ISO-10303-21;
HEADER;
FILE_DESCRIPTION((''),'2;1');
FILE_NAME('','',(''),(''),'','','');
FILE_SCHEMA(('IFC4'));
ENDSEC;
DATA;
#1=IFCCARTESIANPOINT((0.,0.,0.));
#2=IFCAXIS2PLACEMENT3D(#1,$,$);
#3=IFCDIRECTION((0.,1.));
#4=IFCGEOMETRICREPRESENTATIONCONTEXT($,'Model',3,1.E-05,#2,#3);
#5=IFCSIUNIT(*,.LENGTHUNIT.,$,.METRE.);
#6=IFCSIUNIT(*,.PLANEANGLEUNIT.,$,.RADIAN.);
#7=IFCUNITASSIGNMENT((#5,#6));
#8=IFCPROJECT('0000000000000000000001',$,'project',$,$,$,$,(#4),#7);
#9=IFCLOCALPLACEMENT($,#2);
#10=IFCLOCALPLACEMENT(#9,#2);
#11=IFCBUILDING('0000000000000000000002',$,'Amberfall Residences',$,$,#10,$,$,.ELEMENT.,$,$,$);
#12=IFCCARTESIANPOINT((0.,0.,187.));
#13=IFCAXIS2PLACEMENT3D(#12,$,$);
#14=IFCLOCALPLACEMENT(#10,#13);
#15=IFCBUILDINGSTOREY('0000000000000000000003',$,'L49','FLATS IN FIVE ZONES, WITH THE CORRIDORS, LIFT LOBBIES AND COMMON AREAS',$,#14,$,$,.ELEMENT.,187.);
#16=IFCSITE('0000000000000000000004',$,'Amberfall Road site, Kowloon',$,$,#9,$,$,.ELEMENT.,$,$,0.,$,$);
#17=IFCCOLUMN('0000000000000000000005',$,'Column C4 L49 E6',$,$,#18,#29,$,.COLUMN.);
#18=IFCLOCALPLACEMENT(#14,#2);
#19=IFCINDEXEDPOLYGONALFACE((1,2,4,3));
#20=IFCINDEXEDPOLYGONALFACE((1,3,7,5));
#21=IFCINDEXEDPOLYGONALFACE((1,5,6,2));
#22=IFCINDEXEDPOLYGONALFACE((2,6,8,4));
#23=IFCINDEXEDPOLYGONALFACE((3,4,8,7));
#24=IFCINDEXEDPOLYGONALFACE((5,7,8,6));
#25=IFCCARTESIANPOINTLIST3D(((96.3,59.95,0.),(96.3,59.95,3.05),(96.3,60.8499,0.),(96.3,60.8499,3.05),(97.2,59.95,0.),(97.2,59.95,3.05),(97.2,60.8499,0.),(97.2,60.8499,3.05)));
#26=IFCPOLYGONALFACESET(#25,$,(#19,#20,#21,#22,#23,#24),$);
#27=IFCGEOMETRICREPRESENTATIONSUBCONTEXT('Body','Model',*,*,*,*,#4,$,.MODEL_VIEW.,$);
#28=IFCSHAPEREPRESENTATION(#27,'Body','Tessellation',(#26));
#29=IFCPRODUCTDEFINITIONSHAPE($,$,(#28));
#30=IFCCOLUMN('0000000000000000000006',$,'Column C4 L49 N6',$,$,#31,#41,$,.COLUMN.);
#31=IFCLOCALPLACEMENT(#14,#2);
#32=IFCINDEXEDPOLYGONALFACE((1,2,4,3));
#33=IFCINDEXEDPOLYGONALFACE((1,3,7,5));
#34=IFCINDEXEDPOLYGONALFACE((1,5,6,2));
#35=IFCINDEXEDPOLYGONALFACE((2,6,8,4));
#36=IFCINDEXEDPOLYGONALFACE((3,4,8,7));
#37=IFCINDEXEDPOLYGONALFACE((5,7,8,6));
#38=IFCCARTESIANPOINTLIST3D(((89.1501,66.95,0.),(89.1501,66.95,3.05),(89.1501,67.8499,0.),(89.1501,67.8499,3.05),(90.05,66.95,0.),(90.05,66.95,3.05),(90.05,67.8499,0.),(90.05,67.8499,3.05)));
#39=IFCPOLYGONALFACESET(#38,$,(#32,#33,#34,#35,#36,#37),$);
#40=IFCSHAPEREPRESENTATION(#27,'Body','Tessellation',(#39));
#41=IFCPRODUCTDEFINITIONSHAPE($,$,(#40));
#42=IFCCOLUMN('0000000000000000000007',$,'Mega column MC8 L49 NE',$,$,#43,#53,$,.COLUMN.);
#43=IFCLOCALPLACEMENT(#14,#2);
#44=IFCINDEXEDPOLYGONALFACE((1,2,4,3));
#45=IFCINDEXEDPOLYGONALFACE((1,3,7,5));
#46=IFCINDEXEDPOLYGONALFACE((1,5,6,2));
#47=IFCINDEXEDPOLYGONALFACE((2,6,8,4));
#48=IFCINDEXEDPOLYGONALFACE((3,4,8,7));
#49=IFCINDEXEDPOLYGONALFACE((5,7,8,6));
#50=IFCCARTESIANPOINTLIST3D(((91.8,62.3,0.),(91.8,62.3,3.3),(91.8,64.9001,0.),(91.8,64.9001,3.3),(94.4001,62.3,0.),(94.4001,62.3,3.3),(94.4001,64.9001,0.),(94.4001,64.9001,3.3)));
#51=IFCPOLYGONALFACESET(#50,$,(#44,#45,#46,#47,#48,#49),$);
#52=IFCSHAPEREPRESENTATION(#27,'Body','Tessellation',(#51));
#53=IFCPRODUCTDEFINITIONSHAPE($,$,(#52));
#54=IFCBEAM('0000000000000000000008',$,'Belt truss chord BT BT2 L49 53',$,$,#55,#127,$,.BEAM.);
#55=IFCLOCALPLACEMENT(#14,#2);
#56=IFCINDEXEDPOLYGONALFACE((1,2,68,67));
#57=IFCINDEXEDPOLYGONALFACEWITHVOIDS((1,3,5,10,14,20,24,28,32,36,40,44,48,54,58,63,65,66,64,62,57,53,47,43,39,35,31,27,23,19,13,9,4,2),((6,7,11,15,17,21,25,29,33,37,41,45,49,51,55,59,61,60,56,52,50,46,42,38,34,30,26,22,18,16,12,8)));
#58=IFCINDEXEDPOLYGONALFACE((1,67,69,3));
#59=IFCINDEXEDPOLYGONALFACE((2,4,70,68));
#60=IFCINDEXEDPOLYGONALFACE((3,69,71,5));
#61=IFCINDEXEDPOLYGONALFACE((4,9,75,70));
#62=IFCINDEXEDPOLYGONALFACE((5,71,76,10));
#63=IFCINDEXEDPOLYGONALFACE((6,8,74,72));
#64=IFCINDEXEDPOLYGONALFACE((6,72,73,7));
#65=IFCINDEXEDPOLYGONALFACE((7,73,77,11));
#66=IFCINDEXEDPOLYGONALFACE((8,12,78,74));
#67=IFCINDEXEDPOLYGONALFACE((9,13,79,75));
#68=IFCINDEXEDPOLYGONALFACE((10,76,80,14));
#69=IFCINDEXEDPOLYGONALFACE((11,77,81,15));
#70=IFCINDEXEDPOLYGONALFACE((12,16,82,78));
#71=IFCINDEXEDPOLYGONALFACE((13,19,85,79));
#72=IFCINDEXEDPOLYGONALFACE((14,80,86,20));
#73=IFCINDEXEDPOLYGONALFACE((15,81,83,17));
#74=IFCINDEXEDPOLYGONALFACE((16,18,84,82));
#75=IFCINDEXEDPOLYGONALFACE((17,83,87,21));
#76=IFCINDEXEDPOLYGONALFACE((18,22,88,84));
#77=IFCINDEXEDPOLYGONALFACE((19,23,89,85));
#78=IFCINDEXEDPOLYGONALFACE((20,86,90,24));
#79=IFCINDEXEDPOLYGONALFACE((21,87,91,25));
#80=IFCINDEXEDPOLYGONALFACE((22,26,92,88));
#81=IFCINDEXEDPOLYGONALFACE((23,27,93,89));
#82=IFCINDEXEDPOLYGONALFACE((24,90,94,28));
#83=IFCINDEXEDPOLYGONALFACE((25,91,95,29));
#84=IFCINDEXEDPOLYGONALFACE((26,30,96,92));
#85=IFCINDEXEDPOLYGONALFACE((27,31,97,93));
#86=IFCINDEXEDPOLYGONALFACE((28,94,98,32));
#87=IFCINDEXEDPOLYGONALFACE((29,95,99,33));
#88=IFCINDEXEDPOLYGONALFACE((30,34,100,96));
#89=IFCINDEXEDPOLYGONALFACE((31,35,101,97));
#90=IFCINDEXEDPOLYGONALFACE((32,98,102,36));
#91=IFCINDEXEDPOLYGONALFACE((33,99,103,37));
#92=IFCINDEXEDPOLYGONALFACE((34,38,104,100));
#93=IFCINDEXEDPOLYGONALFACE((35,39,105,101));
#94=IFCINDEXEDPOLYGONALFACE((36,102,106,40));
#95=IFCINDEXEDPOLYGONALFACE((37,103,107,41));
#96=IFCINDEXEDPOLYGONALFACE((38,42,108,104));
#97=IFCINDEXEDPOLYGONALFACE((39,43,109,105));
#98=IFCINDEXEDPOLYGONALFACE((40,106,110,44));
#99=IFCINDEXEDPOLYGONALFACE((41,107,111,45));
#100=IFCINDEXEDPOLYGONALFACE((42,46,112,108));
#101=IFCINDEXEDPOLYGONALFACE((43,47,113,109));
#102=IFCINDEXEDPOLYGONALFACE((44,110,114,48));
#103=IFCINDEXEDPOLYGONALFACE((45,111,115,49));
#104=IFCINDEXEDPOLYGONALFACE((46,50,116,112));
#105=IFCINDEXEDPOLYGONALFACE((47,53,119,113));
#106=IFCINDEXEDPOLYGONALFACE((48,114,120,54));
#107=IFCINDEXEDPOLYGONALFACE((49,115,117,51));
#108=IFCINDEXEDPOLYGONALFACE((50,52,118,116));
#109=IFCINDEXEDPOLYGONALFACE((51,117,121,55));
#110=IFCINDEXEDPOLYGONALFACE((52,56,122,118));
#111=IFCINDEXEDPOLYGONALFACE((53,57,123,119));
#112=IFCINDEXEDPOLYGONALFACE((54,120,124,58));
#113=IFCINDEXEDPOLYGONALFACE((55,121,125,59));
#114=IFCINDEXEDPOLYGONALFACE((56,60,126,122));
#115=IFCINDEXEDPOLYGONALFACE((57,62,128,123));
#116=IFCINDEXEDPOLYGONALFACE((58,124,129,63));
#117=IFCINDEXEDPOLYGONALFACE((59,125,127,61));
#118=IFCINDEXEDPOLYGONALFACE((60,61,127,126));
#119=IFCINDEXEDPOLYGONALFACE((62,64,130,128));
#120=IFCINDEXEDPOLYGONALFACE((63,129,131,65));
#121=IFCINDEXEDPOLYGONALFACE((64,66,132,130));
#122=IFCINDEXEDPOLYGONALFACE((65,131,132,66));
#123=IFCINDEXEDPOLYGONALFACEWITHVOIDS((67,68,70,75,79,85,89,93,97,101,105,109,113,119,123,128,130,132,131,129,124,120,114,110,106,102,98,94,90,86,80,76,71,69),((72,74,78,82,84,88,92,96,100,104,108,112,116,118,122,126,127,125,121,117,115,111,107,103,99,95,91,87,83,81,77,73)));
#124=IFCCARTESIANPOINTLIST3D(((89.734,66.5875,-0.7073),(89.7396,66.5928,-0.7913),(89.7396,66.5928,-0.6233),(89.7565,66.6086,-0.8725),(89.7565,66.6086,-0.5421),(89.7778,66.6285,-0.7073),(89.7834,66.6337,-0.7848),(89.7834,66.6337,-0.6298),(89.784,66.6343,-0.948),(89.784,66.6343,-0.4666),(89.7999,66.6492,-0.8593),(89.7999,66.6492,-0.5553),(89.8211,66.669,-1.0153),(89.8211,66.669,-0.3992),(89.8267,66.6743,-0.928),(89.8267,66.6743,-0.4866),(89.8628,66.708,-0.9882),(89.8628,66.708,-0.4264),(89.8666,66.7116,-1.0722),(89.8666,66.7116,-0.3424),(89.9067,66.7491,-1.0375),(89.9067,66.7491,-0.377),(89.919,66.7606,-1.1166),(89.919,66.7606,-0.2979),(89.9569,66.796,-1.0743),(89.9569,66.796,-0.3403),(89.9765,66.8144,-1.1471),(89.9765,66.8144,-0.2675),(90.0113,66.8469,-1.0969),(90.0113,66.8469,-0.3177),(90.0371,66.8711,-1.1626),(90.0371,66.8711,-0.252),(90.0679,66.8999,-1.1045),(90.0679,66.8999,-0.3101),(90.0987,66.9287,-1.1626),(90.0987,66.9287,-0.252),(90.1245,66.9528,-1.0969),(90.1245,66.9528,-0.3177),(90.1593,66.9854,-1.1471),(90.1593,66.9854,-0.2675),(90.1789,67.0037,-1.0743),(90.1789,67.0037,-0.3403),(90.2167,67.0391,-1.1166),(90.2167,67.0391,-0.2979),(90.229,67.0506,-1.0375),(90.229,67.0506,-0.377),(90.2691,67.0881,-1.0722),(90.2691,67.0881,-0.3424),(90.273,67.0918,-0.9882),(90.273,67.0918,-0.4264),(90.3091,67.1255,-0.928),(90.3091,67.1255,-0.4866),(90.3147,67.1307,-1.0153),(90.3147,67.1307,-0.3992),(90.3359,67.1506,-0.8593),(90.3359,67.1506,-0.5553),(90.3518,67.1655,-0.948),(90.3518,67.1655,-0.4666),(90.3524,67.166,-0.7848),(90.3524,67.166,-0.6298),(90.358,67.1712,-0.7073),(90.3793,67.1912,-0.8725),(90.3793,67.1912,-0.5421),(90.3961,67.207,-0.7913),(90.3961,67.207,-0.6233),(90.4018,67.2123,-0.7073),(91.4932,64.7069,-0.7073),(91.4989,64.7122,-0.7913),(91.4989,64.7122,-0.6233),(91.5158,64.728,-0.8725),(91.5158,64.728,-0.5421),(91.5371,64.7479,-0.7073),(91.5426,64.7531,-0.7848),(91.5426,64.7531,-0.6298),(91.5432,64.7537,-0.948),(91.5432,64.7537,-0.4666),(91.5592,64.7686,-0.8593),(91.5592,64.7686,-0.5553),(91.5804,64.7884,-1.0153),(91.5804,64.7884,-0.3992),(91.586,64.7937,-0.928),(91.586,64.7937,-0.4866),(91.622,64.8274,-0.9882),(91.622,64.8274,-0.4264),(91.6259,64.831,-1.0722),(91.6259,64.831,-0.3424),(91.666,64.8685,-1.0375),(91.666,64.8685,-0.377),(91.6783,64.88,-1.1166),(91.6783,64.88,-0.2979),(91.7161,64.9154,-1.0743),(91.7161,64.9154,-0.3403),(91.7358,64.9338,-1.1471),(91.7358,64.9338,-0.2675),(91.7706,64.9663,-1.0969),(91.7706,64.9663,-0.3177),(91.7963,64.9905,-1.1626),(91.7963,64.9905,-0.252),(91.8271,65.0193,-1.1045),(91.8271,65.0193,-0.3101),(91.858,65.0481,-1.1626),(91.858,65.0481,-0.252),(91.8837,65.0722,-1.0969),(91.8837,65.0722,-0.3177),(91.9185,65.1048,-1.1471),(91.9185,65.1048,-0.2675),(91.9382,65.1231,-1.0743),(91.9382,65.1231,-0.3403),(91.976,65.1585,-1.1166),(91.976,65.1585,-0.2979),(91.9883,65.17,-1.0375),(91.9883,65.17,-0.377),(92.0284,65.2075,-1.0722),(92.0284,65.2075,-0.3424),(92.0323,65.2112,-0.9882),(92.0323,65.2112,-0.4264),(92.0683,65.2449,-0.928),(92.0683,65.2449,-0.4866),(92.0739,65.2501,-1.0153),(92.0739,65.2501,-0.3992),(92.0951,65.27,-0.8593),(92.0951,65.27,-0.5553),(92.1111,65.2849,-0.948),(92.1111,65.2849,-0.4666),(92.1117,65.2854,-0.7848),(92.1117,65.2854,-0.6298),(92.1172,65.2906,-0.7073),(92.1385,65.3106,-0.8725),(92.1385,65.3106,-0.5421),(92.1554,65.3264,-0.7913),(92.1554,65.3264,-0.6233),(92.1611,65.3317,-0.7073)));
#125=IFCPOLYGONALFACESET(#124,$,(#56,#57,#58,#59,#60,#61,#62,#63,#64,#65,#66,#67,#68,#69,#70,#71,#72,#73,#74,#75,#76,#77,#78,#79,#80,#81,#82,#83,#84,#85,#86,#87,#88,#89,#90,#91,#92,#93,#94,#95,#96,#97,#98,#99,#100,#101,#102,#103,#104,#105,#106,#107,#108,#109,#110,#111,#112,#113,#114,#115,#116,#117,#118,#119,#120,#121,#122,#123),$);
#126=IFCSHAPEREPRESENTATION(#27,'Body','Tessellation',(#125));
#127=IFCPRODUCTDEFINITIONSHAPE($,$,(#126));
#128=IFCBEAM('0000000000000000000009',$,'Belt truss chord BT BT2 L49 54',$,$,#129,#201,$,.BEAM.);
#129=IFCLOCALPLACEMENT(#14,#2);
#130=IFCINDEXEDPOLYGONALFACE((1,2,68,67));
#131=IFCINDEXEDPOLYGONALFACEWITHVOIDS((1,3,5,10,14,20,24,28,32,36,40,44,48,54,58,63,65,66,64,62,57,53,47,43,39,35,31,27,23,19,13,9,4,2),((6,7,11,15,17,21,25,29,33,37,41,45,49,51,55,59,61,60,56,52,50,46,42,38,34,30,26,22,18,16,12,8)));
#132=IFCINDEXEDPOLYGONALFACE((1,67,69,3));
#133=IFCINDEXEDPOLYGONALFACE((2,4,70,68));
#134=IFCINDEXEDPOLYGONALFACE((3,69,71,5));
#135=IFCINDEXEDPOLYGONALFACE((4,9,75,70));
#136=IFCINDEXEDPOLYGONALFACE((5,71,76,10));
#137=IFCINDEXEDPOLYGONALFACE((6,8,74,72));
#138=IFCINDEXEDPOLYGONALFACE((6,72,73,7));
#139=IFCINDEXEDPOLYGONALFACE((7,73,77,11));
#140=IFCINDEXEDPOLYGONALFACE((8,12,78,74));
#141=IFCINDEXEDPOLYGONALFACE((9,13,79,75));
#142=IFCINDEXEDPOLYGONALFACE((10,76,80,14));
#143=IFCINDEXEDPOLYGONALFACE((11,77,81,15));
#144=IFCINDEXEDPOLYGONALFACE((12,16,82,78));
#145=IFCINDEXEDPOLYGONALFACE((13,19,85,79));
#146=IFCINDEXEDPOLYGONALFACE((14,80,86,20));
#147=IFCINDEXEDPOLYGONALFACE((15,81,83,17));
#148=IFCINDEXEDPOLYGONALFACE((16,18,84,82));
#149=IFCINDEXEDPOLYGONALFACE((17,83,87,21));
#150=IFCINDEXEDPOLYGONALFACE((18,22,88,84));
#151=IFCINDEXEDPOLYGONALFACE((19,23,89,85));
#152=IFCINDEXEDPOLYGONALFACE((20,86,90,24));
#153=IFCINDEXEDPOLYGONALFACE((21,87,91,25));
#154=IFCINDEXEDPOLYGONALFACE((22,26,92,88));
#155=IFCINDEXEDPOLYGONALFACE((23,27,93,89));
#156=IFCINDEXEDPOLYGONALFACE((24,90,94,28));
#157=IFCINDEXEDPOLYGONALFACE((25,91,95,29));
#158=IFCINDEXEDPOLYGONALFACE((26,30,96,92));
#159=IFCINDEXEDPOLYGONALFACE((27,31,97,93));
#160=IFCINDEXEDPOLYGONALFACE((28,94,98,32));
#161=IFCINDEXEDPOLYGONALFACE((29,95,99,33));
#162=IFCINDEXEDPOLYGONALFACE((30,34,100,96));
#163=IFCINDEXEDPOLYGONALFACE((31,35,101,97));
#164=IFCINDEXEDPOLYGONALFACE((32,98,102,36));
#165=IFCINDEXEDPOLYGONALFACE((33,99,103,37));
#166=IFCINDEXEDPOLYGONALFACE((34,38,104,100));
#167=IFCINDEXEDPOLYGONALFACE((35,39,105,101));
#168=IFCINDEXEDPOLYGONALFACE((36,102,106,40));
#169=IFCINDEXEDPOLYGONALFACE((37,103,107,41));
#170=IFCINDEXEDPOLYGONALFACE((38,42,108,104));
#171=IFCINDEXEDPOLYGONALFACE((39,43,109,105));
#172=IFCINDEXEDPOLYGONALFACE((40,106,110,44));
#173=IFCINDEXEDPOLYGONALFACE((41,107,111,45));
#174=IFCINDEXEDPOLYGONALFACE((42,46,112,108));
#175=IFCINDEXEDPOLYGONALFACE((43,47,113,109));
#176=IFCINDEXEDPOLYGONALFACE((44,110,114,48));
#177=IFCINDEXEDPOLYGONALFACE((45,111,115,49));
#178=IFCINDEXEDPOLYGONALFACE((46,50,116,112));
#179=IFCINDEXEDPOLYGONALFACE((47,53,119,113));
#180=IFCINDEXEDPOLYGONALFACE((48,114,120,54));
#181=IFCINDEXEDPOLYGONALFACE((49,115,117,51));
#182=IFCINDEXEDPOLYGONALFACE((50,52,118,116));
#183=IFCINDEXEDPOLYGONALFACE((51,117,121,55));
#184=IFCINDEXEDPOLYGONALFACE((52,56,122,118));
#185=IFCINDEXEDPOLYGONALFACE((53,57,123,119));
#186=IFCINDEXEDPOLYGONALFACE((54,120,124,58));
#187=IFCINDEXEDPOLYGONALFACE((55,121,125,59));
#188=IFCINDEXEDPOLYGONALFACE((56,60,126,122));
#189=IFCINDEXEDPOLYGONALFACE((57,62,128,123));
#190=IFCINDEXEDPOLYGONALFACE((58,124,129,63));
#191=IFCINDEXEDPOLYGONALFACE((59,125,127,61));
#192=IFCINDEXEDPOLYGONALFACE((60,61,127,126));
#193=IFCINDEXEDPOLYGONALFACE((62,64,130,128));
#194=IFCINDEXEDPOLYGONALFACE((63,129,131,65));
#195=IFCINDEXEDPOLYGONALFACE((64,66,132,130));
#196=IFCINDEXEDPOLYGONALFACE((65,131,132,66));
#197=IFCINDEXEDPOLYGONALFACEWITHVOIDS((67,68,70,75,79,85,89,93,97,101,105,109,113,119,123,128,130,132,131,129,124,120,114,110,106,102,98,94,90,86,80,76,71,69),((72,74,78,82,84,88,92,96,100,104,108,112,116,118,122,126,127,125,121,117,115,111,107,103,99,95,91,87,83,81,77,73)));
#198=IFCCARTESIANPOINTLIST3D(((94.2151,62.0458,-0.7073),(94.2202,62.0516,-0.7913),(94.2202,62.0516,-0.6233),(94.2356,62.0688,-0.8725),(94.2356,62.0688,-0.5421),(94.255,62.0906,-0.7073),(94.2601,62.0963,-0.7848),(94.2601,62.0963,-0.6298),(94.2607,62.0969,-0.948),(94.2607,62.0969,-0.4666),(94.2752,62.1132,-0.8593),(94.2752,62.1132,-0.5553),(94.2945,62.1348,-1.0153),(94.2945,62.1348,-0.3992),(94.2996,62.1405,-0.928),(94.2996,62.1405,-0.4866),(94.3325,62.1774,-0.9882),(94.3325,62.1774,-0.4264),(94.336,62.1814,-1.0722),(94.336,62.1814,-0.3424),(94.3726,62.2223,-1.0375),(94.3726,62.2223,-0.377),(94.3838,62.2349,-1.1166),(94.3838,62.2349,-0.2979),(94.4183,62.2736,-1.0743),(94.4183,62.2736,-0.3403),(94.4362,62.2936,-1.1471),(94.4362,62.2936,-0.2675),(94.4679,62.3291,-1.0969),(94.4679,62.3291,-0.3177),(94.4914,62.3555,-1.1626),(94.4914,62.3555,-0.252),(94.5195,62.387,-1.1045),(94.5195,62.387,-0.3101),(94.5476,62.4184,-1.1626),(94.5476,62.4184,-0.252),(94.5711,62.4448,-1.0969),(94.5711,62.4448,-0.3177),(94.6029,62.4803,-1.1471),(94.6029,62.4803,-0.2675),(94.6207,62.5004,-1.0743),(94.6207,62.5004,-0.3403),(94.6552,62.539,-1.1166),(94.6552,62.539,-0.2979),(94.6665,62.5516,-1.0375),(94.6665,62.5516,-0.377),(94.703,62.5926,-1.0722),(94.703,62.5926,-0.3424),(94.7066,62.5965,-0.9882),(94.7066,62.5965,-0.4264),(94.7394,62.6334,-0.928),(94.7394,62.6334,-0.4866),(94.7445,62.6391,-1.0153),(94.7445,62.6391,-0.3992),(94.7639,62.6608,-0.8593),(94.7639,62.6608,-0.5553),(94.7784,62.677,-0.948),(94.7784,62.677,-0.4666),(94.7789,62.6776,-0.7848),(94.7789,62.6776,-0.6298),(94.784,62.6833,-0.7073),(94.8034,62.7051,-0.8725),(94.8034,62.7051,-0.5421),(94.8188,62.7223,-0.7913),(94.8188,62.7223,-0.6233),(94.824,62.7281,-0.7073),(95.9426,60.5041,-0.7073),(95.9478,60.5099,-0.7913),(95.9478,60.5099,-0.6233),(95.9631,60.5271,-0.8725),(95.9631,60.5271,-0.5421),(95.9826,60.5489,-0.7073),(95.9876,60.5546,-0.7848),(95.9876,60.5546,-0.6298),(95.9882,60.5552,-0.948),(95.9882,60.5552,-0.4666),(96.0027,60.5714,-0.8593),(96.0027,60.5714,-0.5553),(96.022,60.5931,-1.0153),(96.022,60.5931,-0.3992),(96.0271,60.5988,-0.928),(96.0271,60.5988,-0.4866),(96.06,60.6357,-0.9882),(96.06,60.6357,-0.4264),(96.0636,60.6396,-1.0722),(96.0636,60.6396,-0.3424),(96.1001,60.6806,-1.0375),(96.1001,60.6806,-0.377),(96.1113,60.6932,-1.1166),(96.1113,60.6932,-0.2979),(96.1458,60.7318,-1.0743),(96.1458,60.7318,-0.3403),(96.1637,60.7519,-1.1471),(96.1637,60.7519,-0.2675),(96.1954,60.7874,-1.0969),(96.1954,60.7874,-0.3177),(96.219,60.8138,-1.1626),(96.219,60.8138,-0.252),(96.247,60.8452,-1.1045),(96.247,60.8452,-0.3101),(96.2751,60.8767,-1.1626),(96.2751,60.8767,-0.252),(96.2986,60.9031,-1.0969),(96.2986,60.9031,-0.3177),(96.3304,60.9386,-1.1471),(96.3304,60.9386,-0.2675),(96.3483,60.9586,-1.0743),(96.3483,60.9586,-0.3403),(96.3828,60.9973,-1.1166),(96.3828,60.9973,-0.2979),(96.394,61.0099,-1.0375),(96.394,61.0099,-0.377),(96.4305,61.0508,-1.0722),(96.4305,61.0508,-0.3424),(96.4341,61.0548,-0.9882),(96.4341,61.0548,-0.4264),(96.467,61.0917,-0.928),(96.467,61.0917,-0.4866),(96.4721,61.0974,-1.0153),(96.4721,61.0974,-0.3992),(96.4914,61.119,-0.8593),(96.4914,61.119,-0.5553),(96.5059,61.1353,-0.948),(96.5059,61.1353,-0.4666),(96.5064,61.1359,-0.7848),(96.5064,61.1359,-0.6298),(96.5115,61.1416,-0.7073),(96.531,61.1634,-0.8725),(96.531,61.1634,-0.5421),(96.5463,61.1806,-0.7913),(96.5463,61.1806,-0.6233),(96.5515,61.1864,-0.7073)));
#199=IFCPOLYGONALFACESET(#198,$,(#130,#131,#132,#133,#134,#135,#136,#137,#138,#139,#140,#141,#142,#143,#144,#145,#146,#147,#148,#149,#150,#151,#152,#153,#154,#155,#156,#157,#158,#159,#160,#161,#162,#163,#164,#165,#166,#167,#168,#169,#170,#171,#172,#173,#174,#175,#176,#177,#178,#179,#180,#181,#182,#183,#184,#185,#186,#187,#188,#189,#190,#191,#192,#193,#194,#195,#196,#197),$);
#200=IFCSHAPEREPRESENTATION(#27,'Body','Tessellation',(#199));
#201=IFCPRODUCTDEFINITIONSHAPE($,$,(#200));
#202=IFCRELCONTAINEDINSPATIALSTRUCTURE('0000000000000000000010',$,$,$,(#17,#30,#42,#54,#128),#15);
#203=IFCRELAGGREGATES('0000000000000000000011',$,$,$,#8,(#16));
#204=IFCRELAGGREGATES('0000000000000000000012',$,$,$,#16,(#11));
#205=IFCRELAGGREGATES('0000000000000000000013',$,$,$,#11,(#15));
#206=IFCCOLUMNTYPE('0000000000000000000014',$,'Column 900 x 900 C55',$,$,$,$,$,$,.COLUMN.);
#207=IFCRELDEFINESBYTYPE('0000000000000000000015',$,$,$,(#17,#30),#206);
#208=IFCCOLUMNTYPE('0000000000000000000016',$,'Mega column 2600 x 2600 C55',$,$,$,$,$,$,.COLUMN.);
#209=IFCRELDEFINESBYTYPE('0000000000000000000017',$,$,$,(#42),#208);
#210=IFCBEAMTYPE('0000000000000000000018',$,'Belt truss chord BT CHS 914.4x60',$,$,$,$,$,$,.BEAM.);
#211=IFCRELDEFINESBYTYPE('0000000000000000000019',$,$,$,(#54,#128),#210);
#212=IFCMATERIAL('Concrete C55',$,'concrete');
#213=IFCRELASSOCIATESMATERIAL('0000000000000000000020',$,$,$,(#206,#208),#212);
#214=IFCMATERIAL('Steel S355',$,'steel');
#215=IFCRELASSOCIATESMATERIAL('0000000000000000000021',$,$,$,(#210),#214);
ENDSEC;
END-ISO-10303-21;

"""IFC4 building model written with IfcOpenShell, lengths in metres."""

from ifc_helpers import new_model, si_unit, direction, frame, origin, origin_2d, place, context, subcontext, project, spatial, rectangle, hollow_circle, extrude, material, material_profile, profile_set, type_object, element, save


model = new_model("IFC4")

# Units and contexts
model_context = context("Model", 3, precision=1e-05, world=origin(), true_north=direction((0.0, 1.0)))
body_context = subcontext(model_context, "Body", "Model", "MODEL_VIEW")
ifc_project = project(units=[si_unit("LENGTHUNIT", "METRE"), si_unit("PLANEANGLEUNIT", "RADIAN")], contexts=[model_context])

# Site, building, storey
site_placement = place(None, origin())
site = spatial("IfcSite", under=ifc_project, at=site_placement, Name="Amberfall Road site, Kowloon", CompositionType="ELEMENT", RefElevation=0.0)
building_placement = place(site_placement, origin())
building = spatial("IfcBuilding", under=site, at=building_placement, Name="Amberfall Residences", CompositionType="ELEMENT")
storey_placement = place(building_placement, frame((0.0, 0.0, 187.0)))
storey = spatial("IfcBuildingStorey", under=building, at=storey_placement, Name="L49", Description="FLATS IN FIVE ZONES, WITH THE CORRIDORS, LIFT LOBBIES AND COMMON AREAS", CompositionType="ELEMENT", Elevation=187.0)

# Columns
ifc_material_1 = material(Name="Concrete C55", Category="concrete")
ifc_material_profile_1 = material_profile(ifc_material_1, rectangle(XDim=0.8999, YDim=0.8999, at=origin_2d()), Name="Column 900 x 900 C55")
ifc_profile_set_1 = profile_set([ifc_material_profile_1], Name="Concrete C55")
column_type_1 = type_object("IfcColumnType", Name="Column 900 x 900 C55", PredefinedType="COLUMN", material=ifc_profile_set_1)
for number, where, z_axis, x_axis, name in (
    (1, (96.75, 60.3999, 0.0), (0.0, 0.0, 1.0), (1.0, 0.0, 0.0), "Column C4 L49 E6"),
    (2, (89.6001, 67.3999, 0.0), (0.0, 0.0, 1.0), (1.0, 0.0, 0.0), "Column C4 L49 N6"),
):
    element("IfcColumn", number, at=place(storey_placement, frame(where, z_axis=z_axis, x_axis=x_axis)), inside=storey, type_object=column_type_1, Name=name, PredefinedType="COLUMN", context=body_context, shape_type="SweptSolid", body=[
        extrude(rectangle(XDim=0.8999, YDim=0.8999, at=origin_2d()), origin(), (0.0, 0.0, 1.0), 3.05),
    ])
ifc_material_profile_2 = material_profile(ifc_material_1, rectangle(XDim=2.6001, YDim=2.6001, at=origin_2d()), Name="Mega column 2600 x 2600 C55")
ifc_profile_set_2 = profile_set([ifc_material_profile_2], Name="Concrete C55")
column_type_2 = type_object("IfcColumnType", Name="Mega column 2600 x 2600 C55", PredefinedType="COLUMN", material=ifc_profile_set_2)
column_placement = place(storey_placement, frame((93.1001, 63.6001, 0.0), z_axis=(0.0, 0.0, 1.0), x_axis=(1.0, 0.0, 0.0)))
element("IfcColumn", 3, at=column_placement, inside=storey, type_object=column_type_2, Name="Mega column MC8 L49 NE", PredefinedType="COLUMN", context=body_context, shape_type="SweptSolid", body=[
    extrude(rectangle(XDim=2.6001, YDim=2.6001, at=origin_2d()), origin(), (0.0, 0.0, 1.0), 3.3),
])

# Beams
ifc_material_2 = material(Name="Steel S355", Category="steel")
ifc_material_profile_3 = material_profile(ifc_material_2, hollow_circle(Radius=0.4573, WallThickness=0.0601, at=origin_2d()), Name="CHS 914.4x60")
ifc_profile_set_3 = profile_set([ifc_material_profile_3], Name="Steel S355")
beam_type_1 = type_object("IfcBeamType", Name="Belt truss chord BT CHS 914.4x60", PredefinedType="BEAM", material=ifc_profile_set_3)
beam_1_placement = place(storey_placement, frame((91.8271, 65.0193, -0.7073), z_axis=(-0.683155, 0.730273, 0.0), x_axis=(-0.730273, -0.683155, 0.0)))
element("IfcBeam", 4, at=beam_1_placement, inside=storey, type_object=beam_type_1, Name="Belt truss chord BT BT2 L49 53", PredefinedType="BEAM", context=body_context, shape_type="SweptSolid", body=[
    extrude(hollow_circle(Radius=0.4573, WallThickness=0.0601, at=origin_2d()), origin(), (0.0, 0.0, 1.0), 2.5752),
])
beam_2_placement = place(storey_placement, frame((94.5195, 62.387, -0.7073), z_axis=(0.746087, -0.665848, 0.0), x_axis=(0.665848, 0.746087, 0.0)))
element("IfcBeam", 5, at=beam_2_placement, inside=storey, type_object=beam_type_1, Name="Belt truss chord BT BT2 L49 54", PredefinedType="BEAM", context=body_context, shape_type="SweptSolid", body=[
    extrude(hollow_circle(Radius=0.4573, WallThickness=0.0601, at=origin_2d()), origin(), (0.0, 0.0, 1.0), 2.3154),
])

save(model, "model.ifc")
